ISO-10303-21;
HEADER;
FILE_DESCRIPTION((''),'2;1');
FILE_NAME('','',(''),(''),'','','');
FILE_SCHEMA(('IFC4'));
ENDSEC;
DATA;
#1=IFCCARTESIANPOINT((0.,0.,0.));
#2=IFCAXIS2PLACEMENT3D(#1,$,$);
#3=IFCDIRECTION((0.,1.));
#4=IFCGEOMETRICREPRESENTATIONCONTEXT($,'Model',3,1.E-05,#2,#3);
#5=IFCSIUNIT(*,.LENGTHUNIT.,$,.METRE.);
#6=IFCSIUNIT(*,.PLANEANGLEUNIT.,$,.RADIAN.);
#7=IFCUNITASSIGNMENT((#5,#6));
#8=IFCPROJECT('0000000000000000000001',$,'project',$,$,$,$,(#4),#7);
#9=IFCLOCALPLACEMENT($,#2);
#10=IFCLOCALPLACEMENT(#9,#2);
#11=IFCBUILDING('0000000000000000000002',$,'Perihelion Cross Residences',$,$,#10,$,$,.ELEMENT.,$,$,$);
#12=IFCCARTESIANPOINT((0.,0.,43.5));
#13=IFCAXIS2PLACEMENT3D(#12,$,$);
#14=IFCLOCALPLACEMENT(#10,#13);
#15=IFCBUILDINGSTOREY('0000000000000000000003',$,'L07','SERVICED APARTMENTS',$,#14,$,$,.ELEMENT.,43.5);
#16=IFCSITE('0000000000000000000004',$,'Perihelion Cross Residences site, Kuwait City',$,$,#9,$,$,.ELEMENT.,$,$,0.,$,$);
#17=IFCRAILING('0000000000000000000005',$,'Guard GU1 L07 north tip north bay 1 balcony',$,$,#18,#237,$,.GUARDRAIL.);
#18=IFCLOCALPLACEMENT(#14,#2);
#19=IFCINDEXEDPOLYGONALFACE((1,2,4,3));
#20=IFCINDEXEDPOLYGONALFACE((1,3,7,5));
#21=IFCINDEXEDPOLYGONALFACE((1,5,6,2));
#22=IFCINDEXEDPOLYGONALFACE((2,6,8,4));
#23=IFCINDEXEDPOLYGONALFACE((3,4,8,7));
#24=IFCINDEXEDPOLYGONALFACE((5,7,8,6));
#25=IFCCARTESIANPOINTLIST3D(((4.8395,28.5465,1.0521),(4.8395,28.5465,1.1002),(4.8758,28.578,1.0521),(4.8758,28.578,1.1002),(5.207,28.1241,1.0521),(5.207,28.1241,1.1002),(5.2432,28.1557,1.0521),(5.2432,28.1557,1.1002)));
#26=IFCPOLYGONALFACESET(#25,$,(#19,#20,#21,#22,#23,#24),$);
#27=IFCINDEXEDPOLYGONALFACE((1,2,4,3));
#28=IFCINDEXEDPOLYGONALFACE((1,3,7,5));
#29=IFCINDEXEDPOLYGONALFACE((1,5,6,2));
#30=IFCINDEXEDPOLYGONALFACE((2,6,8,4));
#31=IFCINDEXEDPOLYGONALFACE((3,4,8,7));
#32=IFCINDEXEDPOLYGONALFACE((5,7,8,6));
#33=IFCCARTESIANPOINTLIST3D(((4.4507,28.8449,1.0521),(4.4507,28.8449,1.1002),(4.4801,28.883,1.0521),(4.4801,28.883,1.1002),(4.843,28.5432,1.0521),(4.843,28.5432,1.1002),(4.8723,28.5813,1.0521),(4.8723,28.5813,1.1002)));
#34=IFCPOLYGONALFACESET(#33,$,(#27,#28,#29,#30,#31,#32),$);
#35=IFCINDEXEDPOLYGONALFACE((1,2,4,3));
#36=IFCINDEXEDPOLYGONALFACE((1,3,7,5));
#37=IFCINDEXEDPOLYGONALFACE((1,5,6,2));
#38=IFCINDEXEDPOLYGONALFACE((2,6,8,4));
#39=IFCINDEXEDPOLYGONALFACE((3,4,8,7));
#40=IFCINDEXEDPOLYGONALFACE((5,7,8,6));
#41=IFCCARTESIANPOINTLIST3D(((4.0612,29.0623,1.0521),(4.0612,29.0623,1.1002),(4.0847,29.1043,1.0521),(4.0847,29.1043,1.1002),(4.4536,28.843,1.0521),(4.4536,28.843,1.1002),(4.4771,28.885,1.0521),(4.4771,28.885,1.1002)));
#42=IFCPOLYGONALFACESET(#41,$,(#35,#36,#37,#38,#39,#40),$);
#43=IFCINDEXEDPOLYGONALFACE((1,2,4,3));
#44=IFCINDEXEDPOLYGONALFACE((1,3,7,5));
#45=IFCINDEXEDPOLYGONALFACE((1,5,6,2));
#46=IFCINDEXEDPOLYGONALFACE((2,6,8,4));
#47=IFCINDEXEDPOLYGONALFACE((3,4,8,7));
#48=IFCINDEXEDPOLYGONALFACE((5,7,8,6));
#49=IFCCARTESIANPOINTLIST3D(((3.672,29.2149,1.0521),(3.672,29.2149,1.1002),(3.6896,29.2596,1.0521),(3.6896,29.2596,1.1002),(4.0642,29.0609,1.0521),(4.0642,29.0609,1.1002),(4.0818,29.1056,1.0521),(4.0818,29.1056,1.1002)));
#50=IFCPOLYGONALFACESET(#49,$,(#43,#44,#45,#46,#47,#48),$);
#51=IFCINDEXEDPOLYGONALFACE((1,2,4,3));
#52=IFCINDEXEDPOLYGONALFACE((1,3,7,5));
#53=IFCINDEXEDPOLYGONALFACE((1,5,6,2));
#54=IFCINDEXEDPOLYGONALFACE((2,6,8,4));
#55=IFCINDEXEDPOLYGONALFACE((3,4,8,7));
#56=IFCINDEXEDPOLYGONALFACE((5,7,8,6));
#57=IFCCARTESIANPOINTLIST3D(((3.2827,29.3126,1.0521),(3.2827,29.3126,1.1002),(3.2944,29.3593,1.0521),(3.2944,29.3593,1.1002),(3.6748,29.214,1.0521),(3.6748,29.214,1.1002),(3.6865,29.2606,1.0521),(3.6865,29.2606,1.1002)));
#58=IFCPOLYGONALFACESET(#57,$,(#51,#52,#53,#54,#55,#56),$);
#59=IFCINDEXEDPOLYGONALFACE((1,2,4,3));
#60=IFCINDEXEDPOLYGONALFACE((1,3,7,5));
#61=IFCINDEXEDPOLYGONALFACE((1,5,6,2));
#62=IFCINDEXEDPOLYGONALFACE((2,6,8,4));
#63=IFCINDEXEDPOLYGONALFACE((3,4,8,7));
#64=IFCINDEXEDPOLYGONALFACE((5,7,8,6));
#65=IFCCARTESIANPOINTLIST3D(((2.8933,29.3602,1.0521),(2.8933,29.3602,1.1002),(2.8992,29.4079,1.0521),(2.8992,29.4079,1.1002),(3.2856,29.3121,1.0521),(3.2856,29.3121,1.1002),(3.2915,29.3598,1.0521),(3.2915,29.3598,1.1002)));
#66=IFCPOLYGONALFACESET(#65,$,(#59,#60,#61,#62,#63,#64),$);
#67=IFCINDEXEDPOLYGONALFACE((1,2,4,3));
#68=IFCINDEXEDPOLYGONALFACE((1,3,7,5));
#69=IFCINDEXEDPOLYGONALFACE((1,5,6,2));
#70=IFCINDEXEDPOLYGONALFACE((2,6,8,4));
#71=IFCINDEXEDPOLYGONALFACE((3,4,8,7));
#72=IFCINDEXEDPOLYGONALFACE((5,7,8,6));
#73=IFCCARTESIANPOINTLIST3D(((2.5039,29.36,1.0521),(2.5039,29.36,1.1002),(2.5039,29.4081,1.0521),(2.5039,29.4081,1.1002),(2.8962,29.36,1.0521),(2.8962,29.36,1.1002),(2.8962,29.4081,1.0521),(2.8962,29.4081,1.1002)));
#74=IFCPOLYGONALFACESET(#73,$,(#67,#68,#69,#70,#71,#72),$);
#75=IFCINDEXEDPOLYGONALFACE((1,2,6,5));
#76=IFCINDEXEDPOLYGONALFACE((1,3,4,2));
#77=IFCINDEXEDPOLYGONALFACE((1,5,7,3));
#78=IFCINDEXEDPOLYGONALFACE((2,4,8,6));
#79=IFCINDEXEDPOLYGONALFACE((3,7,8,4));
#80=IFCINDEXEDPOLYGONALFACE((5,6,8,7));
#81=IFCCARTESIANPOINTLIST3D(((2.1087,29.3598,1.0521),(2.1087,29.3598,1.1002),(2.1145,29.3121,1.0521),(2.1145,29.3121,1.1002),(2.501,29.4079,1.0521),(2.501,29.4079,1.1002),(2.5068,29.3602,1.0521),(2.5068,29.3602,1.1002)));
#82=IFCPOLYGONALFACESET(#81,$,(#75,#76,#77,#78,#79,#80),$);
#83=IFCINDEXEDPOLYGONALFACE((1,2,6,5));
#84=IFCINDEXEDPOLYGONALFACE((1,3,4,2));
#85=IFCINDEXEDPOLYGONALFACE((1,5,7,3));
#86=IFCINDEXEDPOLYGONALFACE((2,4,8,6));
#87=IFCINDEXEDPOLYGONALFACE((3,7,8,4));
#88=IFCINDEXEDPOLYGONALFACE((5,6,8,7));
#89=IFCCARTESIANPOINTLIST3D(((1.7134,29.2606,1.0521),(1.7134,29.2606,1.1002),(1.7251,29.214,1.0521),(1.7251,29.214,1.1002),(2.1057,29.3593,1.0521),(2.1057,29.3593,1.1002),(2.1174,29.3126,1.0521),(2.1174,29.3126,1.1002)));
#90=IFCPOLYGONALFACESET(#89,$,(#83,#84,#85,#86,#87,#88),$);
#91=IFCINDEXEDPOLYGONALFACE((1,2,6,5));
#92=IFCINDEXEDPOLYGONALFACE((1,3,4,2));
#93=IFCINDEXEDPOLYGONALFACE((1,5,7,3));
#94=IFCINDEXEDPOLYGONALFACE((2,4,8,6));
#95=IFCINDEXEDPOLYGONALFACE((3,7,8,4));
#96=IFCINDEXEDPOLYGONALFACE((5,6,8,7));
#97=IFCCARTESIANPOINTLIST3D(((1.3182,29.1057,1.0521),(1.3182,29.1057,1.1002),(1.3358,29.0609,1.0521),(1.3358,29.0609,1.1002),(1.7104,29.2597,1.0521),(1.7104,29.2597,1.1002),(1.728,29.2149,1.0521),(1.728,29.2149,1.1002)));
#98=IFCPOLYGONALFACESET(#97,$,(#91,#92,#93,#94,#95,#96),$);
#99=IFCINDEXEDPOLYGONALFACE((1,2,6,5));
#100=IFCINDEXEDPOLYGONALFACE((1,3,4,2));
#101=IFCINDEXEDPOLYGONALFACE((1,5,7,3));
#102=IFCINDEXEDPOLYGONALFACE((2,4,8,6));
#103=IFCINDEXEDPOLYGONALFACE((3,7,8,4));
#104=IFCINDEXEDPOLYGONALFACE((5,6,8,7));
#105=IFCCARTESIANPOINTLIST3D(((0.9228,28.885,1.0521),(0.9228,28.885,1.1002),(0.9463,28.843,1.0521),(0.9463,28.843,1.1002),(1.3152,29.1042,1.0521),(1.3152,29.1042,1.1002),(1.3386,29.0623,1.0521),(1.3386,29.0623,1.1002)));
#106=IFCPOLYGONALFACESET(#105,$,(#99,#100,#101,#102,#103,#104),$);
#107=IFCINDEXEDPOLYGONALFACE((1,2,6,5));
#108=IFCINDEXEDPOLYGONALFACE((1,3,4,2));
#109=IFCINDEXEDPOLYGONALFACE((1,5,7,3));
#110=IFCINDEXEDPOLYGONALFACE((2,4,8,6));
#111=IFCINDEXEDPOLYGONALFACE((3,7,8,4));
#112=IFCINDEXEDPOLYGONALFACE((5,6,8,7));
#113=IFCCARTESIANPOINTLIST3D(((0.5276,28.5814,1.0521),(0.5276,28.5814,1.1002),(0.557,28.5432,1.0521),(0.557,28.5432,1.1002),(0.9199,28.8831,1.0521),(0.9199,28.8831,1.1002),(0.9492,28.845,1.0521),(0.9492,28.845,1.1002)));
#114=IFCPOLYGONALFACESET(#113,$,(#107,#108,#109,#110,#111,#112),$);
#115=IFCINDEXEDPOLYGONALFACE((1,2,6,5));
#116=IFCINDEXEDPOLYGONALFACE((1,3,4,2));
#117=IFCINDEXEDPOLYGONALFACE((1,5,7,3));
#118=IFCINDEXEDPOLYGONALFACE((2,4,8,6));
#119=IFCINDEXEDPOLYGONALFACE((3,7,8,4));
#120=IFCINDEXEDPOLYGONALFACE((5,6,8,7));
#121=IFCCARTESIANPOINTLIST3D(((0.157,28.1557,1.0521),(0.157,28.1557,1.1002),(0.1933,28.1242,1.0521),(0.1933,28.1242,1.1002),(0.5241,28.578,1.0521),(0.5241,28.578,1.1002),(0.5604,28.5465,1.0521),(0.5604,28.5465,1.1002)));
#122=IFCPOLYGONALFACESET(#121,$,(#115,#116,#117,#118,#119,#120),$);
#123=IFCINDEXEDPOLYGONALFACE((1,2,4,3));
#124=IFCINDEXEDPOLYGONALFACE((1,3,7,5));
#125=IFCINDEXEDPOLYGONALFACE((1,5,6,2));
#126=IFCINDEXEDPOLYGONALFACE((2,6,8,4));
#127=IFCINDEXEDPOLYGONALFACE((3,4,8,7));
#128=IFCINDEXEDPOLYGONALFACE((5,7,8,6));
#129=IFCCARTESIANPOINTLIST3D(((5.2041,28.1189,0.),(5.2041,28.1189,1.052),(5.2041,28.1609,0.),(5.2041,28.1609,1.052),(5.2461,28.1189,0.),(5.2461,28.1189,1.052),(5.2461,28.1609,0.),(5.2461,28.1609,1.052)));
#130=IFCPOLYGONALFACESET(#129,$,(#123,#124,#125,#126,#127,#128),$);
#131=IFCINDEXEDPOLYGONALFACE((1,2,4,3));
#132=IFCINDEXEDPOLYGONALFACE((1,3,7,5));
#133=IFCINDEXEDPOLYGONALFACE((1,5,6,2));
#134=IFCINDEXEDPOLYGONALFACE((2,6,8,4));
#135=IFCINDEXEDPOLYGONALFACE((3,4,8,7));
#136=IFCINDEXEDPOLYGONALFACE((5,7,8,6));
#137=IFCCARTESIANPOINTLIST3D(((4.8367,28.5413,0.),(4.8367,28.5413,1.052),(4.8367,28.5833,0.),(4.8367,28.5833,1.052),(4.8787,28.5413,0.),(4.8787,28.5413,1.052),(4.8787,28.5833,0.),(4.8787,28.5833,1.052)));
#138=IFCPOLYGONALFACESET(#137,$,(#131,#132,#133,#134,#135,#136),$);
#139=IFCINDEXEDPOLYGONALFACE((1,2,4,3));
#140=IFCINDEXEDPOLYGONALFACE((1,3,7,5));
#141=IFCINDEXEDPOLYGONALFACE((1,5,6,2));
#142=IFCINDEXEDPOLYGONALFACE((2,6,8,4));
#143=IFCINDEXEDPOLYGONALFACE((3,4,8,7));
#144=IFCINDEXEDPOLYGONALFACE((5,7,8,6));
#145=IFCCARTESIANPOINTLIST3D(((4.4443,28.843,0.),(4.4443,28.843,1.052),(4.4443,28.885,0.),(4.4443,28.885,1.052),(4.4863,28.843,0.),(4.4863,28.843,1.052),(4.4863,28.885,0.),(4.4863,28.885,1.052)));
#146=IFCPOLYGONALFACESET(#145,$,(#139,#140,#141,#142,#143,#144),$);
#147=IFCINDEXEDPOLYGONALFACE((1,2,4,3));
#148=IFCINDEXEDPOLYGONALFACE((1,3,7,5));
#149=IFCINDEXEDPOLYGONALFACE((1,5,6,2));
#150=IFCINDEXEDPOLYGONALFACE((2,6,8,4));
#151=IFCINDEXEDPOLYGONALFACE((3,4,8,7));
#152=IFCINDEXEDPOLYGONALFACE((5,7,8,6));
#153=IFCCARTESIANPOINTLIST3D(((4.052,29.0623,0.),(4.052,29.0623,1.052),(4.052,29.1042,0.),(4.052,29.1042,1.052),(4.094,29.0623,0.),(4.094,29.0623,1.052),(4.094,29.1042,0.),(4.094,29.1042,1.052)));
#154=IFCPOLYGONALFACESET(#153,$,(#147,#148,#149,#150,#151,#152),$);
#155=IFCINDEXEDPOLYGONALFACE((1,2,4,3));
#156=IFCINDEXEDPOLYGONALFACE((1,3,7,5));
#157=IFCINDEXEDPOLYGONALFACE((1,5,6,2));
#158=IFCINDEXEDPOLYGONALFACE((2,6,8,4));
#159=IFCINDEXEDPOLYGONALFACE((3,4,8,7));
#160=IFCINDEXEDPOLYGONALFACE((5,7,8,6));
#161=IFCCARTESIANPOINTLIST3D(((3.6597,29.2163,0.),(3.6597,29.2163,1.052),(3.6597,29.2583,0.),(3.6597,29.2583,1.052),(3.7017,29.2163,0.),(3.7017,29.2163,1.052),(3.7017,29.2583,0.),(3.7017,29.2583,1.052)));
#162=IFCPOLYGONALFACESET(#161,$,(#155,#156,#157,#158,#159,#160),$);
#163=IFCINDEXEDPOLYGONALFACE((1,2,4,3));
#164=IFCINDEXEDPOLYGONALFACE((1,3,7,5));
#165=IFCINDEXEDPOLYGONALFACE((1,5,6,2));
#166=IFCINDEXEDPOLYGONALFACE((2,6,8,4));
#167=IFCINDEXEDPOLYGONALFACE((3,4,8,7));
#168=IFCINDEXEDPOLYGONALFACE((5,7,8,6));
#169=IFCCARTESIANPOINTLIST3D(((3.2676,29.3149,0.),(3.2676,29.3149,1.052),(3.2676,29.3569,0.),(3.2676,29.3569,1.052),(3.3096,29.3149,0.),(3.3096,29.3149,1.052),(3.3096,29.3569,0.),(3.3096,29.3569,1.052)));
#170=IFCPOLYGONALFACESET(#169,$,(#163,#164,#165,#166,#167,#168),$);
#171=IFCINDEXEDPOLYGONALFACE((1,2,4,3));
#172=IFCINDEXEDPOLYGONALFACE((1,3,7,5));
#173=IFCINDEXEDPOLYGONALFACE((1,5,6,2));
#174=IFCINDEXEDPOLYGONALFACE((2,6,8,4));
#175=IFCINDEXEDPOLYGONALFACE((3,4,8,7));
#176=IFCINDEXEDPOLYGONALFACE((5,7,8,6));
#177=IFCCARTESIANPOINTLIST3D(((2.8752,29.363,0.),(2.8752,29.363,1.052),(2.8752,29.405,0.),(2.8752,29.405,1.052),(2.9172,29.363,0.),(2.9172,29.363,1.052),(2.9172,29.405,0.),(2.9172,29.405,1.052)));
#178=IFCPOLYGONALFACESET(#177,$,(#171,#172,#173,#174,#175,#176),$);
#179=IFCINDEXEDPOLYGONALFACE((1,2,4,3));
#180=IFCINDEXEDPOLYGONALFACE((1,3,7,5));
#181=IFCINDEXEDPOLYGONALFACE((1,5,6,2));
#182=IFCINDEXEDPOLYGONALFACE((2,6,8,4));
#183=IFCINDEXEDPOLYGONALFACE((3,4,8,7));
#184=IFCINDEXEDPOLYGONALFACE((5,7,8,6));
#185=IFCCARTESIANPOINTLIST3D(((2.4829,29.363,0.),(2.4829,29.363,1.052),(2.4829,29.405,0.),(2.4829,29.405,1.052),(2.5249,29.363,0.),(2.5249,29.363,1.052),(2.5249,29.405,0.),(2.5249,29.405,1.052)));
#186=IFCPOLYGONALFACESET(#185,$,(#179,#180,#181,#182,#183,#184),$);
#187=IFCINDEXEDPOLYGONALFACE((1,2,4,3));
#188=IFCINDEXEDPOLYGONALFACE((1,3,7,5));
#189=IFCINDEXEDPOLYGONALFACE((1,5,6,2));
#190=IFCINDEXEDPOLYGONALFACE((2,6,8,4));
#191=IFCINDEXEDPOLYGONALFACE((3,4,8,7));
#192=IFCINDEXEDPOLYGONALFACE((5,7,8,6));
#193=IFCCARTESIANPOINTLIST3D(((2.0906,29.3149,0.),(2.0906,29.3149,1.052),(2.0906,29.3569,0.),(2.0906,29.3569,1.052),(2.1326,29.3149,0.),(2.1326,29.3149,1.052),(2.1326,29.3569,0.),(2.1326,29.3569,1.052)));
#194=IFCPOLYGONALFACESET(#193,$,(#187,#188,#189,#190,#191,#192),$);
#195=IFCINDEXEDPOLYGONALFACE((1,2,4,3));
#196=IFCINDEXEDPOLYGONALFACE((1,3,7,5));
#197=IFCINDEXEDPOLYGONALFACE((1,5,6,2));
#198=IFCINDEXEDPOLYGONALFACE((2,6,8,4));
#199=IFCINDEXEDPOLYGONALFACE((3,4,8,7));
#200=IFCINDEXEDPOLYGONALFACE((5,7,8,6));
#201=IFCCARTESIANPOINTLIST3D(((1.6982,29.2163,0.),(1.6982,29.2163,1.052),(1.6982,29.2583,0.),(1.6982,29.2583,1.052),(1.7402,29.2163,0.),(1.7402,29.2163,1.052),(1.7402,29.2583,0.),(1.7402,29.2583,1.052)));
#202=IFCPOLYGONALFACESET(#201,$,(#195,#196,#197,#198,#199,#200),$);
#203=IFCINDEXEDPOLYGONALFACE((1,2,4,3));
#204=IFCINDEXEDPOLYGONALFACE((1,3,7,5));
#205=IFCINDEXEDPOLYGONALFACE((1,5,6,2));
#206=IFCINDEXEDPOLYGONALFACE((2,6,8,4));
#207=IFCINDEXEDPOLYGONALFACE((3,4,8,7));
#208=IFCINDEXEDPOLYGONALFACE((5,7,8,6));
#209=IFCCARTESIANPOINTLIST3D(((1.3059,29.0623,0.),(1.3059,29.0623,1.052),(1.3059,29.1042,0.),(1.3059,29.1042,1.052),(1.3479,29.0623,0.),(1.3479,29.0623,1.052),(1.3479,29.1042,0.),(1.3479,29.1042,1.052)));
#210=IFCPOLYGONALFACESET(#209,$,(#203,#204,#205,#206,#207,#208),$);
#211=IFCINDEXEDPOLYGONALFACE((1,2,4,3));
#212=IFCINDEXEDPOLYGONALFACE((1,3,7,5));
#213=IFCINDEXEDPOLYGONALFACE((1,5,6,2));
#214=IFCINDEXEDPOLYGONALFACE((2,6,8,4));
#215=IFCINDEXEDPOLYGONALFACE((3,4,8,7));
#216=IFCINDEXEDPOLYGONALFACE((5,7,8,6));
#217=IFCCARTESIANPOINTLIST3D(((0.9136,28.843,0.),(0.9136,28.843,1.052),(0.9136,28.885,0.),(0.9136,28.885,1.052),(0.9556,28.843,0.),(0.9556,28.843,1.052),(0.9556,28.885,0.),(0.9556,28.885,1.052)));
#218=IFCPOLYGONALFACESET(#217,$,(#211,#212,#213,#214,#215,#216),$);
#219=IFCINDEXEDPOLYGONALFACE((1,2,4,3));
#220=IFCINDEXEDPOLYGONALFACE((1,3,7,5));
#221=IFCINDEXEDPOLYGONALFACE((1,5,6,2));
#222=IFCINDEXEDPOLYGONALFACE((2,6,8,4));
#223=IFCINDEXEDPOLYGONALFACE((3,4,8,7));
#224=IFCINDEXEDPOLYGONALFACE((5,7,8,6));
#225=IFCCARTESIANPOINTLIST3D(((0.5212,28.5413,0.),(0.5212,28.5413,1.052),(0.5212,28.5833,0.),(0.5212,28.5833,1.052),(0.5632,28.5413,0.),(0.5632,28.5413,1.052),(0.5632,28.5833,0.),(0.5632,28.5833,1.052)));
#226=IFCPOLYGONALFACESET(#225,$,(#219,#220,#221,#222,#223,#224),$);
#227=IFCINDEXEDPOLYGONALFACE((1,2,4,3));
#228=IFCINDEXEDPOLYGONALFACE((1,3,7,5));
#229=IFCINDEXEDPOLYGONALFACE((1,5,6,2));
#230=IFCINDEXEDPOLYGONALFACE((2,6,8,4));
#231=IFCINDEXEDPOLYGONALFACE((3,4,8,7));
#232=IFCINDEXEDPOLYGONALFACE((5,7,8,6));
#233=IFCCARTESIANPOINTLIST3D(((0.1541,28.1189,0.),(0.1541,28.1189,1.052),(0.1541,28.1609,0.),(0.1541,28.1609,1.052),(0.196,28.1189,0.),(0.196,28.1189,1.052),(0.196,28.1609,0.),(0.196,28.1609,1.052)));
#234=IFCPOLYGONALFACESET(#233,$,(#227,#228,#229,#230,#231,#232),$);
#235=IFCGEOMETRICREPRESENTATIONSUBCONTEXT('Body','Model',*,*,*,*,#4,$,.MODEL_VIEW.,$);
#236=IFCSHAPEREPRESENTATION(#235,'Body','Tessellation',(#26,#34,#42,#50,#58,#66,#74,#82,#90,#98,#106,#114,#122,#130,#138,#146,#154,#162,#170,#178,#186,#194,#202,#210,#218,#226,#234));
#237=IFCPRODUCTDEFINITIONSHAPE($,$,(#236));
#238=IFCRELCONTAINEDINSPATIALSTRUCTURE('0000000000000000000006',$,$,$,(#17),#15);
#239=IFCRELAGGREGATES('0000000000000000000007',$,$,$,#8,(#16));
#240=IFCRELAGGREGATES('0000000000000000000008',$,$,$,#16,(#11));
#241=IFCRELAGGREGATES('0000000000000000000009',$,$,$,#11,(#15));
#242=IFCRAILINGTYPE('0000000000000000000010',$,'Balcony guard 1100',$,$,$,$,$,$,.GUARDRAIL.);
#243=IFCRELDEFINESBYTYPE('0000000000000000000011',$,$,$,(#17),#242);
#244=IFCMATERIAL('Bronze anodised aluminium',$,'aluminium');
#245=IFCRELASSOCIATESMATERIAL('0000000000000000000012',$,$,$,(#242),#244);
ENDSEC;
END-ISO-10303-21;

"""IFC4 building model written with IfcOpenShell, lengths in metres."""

from ifc_helpers import new_model, si_unit, direction, frame, origin, origin_2d, place, context, subcontext, project, spatial, rectangle, extrude, material, type_object, element, save


model = new_model("IFC4")

# Units and contexts
model_context = context("Model", 3, precision=1e-05, world=origin(), true_north=direction((0.0, 1.0)))
body_context = subcontext(model_context, "Body", "Model", "MODEL_VIEW")
ifc_project = project(units=[si_unit("LENGTHUNIT", "METRE"), si_unit("PLANEANGLEUNIT", "RADIAN")], contexts=[model_context])

# Site, building, storey
site_placement = place(None, origin())
site = spatial("IfcSite", under=ifc_project, at=site_placement, Name="Perihelion Cross Residences site, Kuwait City", CompositionType="ELEMENT", RefElevation=0.0)
building_placement = place(site_placement, origin())
building = spatial("IfcBuilding", under=site, at=building_placement, Name="Perihelion Cross Residences", CompositionType="ELEMENT")
storey_placement = place(building_placement, frame((0.0, 0.0, 43.5)))
storey = spatial("IfcBuildingStorey", under=building, at=storey_placement, Name="L07", Description="SERVICED APARTMENTS", CompositionType="ELEMENT", Elevation=43.5)

# Railing
ifc_material_1 = material(Name="Bronze anodised aluminium", Category="aluminium")
railing_type = type_object("IfcRailingType", Name="Balcony guard 1100", PredefinedType="GUARDRAIL", material=ifc_material_1)
railing_placement = place(storey_placement, frame((5.2251, 28.1399, 0.0)))
element("IfcRailing", 1, at=railing_placement, inside=storey, type_object=railing_type, Name="Guard GU1 L07 north tip north bay 1 balcony", PredefinedType="GUARDRAIL", context=body_context, shape_type="SweptSolid", body=[
    extrude(rectangle(XDim=0.0481, YDim=0.0481, at=origin_2d()), frame((0.0, 0.0, 1.0762), z_axis=(-0.656341, 0.754465, 0.0), x_axis=(-0.754465, -0.656341, 0.0)), (0.0, 0.0, 1.0), 0.5598),
    extrude(rectangle(XDim=0.0481, YDim=0.0481, at=origin_2d()), frame((-0.3674, 0.4224, 1.0762), z_axis=(-0.792661, 0.609663, 0.0), x_axis=(-0.609663, -0.792661, 0.0)), (0.0, 0.0, 1.0), 0.4949),
    extrude(rectangle(XDim=0.0481, YDim=0.0481, at=origin_2d()), frame((-0.7598, 0.7241, 1.0762), z_axis=(-0.87295, 0.487809, 0.0), x_axis=(-0.487809, -0.87295, 0.0)), (0.0, 0.0, 1.0), 0.4495),
    extrude(rectangle(XDim=0.0481, YDim=0.0481, at=origin_2d()), frame((-1.1521, 0.9434, 1.0762), z_axis=(-0.930815, 0.365491, 0.0), x_axis=(-0.365491, -0.930815, 0.0)), (0.0, 0.0, 1.0), 0.4214),
    extrude(rectangle(XDim=0.0481, YDim=0.0481, at=origin_2d()), frame((-1.5444, 1.0974, 1.0762), z_axis=(-0.969786, 0.243956, 0.0), x_axis=(-0.243956, -0.969786, 0.0)), (0.0, 0.0, 1.0), 0.4043),
    extrude(rectangle(XDim=0.0481, YDim=0.0481, at=origin_2d()), frame((-1.9365, 1.196, 1.0762), z_axis=(-0.99257, 0.121678, 0.0), x_axis=(-0.121678, -0.99257, 0.0)), (0.0, 0.0, 1.0), 0.3953),
    extrude(rectangle(XDim=0.0481, YDim=0.0481, at=origin_2d()), frame((-2.3289, 1.2441, 1.0762), z_axis=(-1.0, 0.0, 0.0), x_axis=(0.0, -1.0, 0.0)), (0.0, 0.0, 1.0), 0.3923),
    extrude(rectangle(XDim=0.0481, YDim=0.0481, at=origin_2d()), frame((-2.7212, 1.2441, 1.0762), z_axis=(-0.99257, -0.121678, 0.0), x_axis=(0.121678, -0.99257, 0.0)), (0.0, 0.0, 1.0), 0.3953),
    extrude(rectangle(XDim=0.0481, YDim=0.0481, at=origin_2d()), frame((-3.1135, 1.196, 1.0762), z_axis=(-0.969822, -0.243813, 0.0), x_axis=(0.243813, -0.969822, 0.0)), (0.0, 0.0, 1.0), 0.4045),
    extrude(rectangle(XDim=0.0481, YDim=0.0481, at=origin_2d()), frame((-3.5059, 1.0974, 1.0762), z_axis=(-0.930815, -0.365491, 0.0), x_axis=(0.365491, -0.930815, 0.0)), (0.0, 0.0, 1.0), 0.4214),
    extrude(rectangle(XDim=0.0481, YDim=0.0481, at=origin_2d()), frame((-3.8982, 0.9434, 1.0762), z_axis=(-0.87295, -0.487809, 0.0), x_axis=(0.487809, -0.87295, 0.0)), (0.0, 0.0, 1.0), 0.4495),
    extrude(rectangle(XDim=0.0481, YDim=0.0481, at=origin_2d()), frame((-4.2905, 0.7241, 1.0762), z_axis=(-0.792661, -0.609663, 0.0), x_axis=(0.609663, -0.792661, 0.0)), (0.0, 0.0, 1.0), 0.4949),
    extrude(rectangle(XDim=0.0481, YDim=0.0481, at=origin_2d()), frame((-4.6829, 0.4224, 1.0762), z_axis=(-0.656092, -0.754681, 0.0), x_axis=(0.754681, -0.656092, 0.0)), (0.0, 0.0, 1.0), 0.5596),
    extrude(rectangle(XDim=0.042, YDim=0.042, at=origin_2d()), origin(), (0.0, 0.0, 1.0), 1.052),
    extrude(rectangle(XDim=0.042, YDim=0.042, at=origin_2d()), frame((-0.3674, 0.4224, 0.0)), (0.0, 0.0, 1.0), 1.052),
    extrude(rectangle(XDim=0.042, YDim=0.042, at=origin_2d()), frame((-0.7598, 0.7241, 0.0)), (0.0, 0.0, 1.0), 1.052),
    extrude(rectangle(XDim=0.042, YDim=0.042, at=origin_2d()), frame((-1.1521, 0.9434, 0.0)), (0.0, 0.0, 1.0), 1.052),
    extrude(rectangle(XDim=0.042, YDim=0.042, at=origin_2d()), frame((-1.5444, 1.0974, 0.0)), (0.0, 0.0, 1.0), 1.052),
    extrude(rectangle(XDim=0.042, YDim=0.042, at=origin_2d()), frame((-1.9365, 1.196, 0.0)), (0.0, 0.0, 1.0), 1.052),
    extrude(rectangle(XDim=0.042, YDim=0.042, at=origin_2d()), frame((-2.3289, 1.2441, 0.0)), (0.0, 0.0, 1.0), 1.052),
    extrude(rectangle(XDim=0.042, YDim=0.042, at=origin_2d()), frame((-2.7212, 1.2441, 0.0)), (0.0, 0.0, 1.0), 1.052),
    extrude(rectangle(XDim=0.042, YDim=0.042, at=origin_2d()), frame((-3.1135, 1.196, 0.0)), (0.0, 0.0, 1.0), 1.052),
    extrude(rectangle(XDim=0.042, YDim=0.042, at=origin_2d()), frame((-3.5059, 1.0974, 0.0)), (0.0, 0.0, 1.0), 1.052),
    extrude(rectangle(XDim=0.042, YDim=0.042, at=origin_2d()), frame((-3.8982, 0.9434, 0.0)), (0.0, 0.0, 1.0), 1.052),
    extrude(rectangle(XDim=0.042, YDim=0.042, at=origin_2d()), frame((-4.2905, 0.7241, 0.0)), (0.0, 0.0, 1.0), 1.052),
    extrude(rectangle(XDim=0.042, YDim=0.042, at=origin_2d()), frame((-4.6829, 0.4224, 0.0)), (0.0, 0.0, 1.0), 1.052),
    extrude(rectangle(XDim=0.042, YDim=0.042, at=origin_2d()), frame((-5.05, 0.0, 0.0)), (0.0, 0.0, 1.0), 1.052),
])

save(model, "model.ifc")
